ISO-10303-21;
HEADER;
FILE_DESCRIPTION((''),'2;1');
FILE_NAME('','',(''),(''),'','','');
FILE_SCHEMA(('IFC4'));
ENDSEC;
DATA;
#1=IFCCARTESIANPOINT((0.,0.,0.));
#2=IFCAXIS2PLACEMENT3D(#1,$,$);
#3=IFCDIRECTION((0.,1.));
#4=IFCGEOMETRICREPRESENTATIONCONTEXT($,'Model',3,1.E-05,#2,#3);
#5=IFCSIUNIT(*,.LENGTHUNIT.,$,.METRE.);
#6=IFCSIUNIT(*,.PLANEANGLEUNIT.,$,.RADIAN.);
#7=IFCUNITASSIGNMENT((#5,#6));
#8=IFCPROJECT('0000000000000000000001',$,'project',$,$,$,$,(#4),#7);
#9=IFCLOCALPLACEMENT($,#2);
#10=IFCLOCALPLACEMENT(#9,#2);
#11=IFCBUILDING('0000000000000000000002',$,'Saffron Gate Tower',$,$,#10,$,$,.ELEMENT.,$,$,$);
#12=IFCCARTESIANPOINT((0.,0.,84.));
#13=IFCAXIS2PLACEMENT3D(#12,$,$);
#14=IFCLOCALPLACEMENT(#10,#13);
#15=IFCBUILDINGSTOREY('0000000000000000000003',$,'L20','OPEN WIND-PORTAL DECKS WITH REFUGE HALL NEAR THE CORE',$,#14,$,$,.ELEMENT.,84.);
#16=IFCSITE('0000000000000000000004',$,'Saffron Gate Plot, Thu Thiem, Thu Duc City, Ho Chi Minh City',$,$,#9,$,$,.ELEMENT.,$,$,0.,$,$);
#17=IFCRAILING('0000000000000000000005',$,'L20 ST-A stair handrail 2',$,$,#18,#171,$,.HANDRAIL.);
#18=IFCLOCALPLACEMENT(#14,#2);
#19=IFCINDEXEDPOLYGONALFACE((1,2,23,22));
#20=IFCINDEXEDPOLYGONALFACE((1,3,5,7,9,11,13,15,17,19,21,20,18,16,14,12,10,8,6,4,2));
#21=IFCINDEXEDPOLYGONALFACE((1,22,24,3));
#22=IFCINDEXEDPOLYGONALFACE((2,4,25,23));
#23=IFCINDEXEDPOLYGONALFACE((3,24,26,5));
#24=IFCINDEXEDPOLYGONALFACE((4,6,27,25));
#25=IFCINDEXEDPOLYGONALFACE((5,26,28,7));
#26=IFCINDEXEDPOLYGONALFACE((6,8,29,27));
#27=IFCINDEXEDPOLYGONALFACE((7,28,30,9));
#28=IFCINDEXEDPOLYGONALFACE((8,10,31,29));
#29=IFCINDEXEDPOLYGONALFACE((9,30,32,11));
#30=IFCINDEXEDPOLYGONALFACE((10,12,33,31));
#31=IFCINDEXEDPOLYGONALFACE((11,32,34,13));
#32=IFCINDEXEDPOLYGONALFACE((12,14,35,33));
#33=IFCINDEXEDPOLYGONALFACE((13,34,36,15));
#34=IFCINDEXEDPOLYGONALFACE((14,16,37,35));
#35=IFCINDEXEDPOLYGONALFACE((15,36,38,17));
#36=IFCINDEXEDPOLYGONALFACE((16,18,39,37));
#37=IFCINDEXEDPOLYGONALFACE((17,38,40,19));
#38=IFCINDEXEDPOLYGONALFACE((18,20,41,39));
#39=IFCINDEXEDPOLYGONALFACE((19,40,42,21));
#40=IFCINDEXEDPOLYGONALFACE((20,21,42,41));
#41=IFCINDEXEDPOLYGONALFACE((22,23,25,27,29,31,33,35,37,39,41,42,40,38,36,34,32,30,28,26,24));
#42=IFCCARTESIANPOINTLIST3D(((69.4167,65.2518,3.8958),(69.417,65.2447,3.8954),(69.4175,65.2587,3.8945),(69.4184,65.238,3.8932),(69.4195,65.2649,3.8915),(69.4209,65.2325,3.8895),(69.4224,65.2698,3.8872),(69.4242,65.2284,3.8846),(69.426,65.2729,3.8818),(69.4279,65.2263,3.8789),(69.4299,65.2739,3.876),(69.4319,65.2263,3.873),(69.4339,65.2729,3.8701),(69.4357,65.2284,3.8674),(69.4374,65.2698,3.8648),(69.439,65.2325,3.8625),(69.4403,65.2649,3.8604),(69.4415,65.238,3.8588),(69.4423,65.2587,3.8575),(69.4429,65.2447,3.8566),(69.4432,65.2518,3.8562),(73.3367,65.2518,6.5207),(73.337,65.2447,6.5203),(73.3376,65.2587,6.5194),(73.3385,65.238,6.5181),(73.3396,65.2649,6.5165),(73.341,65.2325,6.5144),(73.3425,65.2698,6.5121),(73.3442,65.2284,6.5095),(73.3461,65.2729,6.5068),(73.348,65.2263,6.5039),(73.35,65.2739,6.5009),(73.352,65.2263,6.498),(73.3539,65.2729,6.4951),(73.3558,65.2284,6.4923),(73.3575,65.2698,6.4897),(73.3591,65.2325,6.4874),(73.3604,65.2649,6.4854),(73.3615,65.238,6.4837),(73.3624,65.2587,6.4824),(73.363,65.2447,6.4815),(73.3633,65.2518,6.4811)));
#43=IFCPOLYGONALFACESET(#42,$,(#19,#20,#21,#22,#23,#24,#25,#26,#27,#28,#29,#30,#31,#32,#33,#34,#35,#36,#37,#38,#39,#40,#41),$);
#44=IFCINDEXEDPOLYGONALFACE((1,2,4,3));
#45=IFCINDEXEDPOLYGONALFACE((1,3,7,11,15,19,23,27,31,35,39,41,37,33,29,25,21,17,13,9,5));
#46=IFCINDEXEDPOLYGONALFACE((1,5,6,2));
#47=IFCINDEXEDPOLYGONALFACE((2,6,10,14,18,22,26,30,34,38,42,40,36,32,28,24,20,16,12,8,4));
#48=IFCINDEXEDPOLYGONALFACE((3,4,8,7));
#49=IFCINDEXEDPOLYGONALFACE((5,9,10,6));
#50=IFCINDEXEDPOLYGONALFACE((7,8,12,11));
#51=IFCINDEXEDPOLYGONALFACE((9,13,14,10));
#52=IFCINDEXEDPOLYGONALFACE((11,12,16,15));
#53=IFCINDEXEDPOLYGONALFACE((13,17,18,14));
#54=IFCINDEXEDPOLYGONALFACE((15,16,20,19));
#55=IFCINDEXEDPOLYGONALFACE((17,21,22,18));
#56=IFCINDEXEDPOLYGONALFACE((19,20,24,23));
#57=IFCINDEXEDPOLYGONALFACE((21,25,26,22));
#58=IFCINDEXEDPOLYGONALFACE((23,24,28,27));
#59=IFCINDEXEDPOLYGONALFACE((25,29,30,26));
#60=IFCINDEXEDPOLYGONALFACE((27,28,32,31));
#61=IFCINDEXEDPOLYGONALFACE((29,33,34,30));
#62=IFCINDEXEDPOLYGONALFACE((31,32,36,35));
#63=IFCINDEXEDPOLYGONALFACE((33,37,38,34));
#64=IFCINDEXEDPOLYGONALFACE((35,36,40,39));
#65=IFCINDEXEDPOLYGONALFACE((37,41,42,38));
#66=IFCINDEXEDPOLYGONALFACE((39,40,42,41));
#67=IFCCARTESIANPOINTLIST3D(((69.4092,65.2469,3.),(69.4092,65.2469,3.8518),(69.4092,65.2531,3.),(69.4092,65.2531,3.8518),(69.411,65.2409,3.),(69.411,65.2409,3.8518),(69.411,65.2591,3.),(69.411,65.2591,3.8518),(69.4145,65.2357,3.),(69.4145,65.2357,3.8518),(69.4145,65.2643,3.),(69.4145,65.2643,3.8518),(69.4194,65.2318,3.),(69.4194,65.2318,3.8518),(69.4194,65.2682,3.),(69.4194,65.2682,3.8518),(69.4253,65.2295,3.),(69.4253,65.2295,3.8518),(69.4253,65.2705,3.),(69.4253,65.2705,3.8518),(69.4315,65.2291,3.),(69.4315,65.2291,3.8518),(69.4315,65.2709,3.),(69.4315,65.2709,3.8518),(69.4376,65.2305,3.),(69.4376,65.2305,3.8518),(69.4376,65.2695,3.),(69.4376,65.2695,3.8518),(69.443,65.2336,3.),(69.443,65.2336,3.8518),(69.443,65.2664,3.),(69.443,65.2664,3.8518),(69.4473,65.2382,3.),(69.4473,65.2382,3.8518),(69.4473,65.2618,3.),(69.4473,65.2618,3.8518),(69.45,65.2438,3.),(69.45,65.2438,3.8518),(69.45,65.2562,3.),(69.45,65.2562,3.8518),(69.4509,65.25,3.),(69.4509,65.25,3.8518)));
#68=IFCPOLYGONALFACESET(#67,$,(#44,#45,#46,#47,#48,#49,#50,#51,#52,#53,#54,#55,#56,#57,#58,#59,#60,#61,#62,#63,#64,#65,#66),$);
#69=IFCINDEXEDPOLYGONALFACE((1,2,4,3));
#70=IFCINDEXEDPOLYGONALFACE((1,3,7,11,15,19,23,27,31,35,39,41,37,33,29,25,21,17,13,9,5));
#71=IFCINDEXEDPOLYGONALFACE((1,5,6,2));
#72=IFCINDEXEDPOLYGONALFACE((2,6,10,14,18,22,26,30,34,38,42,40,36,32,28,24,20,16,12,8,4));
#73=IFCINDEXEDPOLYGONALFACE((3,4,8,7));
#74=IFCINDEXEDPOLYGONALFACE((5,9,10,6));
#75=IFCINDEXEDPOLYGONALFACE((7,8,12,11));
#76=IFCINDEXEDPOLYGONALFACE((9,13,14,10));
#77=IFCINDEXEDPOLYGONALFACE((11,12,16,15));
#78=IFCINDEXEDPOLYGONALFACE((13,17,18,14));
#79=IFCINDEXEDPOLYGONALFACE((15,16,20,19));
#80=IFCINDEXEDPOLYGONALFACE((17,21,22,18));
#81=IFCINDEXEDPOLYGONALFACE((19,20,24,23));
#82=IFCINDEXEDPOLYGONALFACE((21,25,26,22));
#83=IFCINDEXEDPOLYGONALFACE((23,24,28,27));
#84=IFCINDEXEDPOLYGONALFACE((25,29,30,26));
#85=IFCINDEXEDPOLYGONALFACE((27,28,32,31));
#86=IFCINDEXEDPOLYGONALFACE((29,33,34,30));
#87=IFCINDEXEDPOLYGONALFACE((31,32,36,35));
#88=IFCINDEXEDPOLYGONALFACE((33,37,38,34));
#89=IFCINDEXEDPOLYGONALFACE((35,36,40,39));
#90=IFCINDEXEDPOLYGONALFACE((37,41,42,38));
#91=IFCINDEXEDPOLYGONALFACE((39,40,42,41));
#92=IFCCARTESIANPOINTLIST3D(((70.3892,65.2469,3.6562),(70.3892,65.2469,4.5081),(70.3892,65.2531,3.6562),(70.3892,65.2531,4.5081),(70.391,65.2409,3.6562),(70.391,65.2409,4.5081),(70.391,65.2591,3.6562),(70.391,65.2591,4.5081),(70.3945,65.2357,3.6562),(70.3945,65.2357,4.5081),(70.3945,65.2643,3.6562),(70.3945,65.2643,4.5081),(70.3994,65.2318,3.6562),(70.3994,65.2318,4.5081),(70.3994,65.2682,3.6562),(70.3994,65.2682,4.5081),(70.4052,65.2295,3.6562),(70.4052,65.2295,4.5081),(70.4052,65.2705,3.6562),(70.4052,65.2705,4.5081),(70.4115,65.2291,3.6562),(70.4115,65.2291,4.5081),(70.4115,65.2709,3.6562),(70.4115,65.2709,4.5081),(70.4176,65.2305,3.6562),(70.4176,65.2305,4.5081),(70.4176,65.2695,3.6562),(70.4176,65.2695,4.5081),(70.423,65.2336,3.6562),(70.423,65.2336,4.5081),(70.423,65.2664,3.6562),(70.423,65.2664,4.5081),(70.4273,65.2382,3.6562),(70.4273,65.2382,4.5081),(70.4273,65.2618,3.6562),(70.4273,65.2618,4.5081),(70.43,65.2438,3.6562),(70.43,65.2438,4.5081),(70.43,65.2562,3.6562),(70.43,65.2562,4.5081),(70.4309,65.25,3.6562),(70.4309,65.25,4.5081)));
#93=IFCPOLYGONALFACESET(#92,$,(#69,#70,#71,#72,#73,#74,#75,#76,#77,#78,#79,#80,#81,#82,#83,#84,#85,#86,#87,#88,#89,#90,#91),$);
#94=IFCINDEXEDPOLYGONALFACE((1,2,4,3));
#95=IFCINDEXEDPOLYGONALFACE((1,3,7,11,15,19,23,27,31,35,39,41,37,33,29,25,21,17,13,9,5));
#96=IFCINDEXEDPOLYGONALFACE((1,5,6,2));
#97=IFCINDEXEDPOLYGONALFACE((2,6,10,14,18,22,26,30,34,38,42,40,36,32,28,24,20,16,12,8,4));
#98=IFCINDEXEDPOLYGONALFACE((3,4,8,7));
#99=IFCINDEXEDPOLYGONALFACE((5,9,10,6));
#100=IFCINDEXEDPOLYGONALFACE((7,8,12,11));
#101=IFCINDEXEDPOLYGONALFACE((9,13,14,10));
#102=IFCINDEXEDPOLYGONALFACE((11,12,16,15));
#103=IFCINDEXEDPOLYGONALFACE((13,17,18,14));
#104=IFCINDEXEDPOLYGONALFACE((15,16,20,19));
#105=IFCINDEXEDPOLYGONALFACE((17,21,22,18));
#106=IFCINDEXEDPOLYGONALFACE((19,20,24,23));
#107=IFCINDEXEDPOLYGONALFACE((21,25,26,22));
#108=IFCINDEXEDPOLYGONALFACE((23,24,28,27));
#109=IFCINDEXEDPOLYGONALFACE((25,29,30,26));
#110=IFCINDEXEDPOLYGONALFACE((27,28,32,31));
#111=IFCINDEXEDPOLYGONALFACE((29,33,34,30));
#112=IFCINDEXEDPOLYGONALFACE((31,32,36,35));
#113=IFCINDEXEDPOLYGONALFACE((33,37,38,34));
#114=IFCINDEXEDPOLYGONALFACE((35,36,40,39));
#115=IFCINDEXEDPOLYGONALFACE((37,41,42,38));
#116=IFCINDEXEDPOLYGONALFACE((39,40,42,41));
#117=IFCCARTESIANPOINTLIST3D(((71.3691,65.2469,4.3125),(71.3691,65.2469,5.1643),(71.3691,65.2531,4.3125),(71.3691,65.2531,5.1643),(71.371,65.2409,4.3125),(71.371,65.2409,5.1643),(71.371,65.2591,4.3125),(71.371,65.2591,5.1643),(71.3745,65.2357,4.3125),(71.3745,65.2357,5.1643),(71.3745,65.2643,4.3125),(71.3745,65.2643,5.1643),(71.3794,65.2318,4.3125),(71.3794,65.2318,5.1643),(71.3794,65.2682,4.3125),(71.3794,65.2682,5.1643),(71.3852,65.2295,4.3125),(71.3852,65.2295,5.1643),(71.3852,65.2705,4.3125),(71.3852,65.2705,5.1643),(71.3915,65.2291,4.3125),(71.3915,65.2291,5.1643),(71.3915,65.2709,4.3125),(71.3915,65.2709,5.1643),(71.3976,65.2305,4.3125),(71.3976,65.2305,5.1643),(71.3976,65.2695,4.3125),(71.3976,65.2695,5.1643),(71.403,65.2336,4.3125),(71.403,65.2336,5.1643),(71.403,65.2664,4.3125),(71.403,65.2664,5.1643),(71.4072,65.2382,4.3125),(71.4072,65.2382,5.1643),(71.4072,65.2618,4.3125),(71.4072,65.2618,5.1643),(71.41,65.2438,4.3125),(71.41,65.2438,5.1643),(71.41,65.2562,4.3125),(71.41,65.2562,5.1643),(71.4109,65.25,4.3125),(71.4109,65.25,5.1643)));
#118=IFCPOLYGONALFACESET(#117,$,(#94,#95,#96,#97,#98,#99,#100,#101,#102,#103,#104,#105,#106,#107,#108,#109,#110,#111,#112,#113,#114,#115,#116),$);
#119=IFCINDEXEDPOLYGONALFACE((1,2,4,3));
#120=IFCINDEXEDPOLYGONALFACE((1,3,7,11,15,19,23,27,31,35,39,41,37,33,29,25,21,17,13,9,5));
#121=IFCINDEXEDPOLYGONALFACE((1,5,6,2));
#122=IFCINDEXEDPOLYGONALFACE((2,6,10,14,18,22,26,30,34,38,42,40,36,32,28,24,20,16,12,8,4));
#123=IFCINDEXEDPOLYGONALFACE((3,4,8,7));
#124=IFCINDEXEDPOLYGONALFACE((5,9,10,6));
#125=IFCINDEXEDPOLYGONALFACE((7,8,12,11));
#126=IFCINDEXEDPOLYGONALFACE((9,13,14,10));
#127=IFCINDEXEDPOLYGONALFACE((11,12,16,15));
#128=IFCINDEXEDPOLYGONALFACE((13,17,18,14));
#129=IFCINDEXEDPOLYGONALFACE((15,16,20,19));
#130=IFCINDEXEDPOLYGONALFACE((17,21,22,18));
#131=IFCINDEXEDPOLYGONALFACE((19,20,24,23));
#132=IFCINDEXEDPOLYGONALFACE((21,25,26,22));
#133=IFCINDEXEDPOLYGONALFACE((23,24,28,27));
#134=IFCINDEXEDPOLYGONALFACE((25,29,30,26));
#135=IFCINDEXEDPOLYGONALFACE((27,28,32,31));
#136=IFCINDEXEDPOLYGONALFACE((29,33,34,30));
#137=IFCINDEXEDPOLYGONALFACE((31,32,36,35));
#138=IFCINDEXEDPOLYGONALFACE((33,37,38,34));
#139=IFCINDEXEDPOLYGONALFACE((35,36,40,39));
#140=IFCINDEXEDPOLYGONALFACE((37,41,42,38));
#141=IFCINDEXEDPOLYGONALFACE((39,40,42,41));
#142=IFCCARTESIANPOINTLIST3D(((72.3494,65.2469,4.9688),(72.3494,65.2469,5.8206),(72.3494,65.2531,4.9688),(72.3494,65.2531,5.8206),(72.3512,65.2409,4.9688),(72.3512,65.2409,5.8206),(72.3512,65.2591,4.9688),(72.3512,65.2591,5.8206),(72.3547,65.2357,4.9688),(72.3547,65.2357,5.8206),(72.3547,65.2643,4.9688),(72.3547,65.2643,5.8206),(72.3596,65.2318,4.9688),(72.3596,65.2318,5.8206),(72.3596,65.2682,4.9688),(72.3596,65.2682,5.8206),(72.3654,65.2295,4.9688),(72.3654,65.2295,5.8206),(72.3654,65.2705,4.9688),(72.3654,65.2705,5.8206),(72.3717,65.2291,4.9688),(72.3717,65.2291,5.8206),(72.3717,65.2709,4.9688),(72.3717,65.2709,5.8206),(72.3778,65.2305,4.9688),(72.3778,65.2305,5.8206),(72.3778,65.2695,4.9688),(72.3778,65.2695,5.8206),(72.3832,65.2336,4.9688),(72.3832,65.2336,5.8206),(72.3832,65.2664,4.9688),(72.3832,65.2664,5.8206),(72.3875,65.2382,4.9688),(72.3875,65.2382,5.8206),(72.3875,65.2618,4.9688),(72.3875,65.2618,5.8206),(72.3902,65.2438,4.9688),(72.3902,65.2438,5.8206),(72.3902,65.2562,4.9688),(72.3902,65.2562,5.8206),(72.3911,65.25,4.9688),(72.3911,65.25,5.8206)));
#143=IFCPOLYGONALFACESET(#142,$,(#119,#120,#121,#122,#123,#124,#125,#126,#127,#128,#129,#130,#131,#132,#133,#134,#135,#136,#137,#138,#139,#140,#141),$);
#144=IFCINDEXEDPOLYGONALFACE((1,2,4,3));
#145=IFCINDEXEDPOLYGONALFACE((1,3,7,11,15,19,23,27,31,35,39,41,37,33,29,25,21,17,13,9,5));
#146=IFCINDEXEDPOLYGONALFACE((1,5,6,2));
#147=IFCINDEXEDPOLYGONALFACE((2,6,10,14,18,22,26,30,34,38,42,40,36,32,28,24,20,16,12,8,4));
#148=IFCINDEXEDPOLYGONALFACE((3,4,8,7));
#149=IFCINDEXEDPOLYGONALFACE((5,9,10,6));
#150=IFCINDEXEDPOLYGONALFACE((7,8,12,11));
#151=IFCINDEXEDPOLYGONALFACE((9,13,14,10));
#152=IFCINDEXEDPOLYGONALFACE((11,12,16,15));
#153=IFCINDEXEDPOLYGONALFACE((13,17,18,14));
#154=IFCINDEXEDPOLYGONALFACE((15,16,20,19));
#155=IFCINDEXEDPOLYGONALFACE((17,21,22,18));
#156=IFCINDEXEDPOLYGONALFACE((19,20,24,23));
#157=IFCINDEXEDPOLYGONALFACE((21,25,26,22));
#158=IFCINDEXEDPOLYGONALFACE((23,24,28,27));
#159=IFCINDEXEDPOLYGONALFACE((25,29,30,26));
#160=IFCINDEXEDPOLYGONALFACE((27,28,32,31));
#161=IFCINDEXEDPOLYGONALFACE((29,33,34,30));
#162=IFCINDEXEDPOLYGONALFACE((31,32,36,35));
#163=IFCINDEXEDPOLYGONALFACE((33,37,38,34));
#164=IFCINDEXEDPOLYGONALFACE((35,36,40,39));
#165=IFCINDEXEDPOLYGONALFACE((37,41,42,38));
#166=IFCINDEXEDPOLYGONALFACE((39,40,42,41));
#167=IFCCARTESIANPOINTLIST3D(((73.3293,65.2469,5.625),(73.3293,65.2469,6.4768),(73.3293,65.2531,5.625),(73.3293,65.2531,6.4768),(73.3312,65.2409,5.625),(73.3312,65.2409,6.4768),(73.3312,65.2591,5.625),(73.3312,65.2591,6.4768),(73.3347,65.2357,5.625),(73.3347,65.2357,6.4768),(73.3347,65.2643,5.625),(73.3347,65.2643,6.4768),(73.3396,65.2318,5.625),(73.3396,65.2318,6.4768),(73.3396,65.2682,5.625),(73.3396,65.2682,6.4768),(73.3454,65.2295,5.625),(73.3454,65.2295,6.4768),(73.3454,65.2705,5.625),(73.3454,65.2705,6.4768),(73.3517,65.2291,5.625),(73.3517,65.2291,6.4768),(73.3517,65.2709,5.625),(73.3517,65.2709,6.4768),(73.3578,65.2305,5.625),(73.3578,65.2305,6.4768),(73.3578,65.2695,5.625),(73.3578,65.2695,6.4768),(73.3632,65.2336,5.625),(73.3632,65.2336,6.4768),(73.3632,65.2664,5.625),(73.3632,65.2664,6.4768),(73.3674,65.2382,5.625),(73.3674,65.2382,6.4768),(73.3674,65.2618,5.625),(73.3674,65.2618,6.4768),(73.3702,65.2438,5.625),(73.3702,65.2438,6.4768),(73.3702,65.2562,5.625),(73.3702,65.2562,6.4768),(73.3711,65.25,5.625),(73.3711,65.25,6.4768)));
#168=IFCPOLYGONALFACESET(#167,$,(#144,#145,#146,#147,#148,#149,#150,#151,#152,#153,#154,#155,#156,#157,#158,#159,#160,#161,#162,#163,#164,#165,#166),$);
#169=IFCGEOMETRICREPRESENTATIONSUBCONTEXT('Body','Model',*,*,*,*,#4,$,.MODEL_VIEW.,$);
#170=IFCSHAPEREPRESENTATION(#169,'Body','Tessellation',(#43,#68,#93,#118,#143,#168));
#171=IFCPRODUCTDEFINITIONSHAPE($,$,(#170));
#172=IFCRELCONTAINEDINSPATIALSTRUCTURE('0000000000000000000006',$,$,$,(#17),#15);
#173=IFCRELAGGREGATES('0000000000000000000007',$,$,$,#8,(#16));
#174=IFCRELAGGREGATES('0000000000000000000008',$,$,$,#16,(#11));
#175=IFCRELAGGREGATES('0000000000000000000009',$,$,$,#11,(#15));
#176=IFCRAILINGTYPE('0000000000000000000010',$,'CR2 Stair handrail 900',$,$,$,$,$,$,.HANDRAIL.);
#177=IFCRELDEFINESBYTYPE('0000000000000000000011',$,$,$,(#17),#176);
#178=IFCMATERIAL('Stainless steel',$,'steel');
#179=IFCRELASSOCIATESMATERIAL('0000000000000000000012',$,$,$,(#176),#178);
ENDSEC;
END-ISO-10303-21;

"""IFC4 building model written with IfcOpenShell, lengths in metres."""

from ifc_helpers import new_model, si_unit, direction, frame, origin, origin_2d, place, context, subcontext, project, spatial, circle, extrude, material, type_object, element, save


model = new_model("IFC4")

# Units and contexts
model_context = context("Model", 3, precision=1e-05, world=origin(), true_north=direction((0.0, 1.0)))
body_context = subcontext(model_context, "Body", "Model", "MODEL_VIEW")
ifc_project = project(units=[si_unit("LENGTHUNIT", "METRE"), si_unit("PLANEANGLEUNIT", "RADIAN")], contexts=[model_context])

# Site, building, storey
site_placement = place(None, origin())
site = spatial("IfcSite", under=ifc_project, at=site_placement, Name="Saffron Gate Plot, Thu Thiem, Thu Duc City, Ho Chi Minh City", CompositionType="ELEMENT", RefElevation=0.0)
building_placement = place(site_placement, origin())
building = spatial("IfcBuilding", under=site, at=building_placement, Name="Saffron Gate Tower", CompositionType="ELEMENT")
storey_placement = place(building_placement, frame((0.0, 0.0, 84.0)))
storey = spatial("IfcBuildingStorey", under=building, at=storey_placement, Name="L20", Description="OPEN WIND-PORTAL DECKS WITH REFUGE HALL NEAR THE CORE", CompositionType="ELEMENT", Elevation=84.0)

# Railing
ifc_material_1 = material(Name="Stainless steel", Category="steel")
railing_type = type_object("IfcRailingType", Name="CR2 Stair handrail 900", PredefinedType="HANDRAIL", material=ifc_material_1)
for number, where, name in (
    (1, (69.4299, 65.25, 3.0), "L20 ST-A stair handrail 2"),
):
    element("IfcRailing", number, at=place(storey_placement, frame(where)), inside=storey, type_object=railing_type, Name=name, PredefinedType="HANDRAIL", context=body_context, shape_type="SweptSolid", body=[
        extrude(circle(Radius=0.0239, at=origin_2d()), frame((0.0, 0.0, 0.876), z_axis=(0.830918, 0.0, 0.556395), x_axis=(0.0, 1.0, 0.0)), (0.0, 0.0, 1.0), 4.7178),
        extrude(circle(Radius=0.021, at=origin_2d()), origin(), (0.0, 0.0, 1.0), 0.8518),
        extrude(circle(Radius=0.021, at=origin_2d()), frame((0.98, 0.0, 0.6562)), (0.0, 0.0, 1.0), 0.8518),
        extrude(circle(Radius=0.021, at=origin_2d()), frame((1.96, 0.0, 1.3125)), (0.0, 0.0, 1.0), 0.8518),
        extrude(circle(Radius=0.021, at=origin_2d()), frame((2.9402, 0.0, 1.9688)), (0.0, 0.0, 1.0), 0.8518),
        extrude(circle(Radius=0.021, at=origin_2d()), frame((3.9202, 0.0, 2.625)), (0.0, 0.0, 1.0), 0.8518),
    ])

save(model, "model.ifc")
